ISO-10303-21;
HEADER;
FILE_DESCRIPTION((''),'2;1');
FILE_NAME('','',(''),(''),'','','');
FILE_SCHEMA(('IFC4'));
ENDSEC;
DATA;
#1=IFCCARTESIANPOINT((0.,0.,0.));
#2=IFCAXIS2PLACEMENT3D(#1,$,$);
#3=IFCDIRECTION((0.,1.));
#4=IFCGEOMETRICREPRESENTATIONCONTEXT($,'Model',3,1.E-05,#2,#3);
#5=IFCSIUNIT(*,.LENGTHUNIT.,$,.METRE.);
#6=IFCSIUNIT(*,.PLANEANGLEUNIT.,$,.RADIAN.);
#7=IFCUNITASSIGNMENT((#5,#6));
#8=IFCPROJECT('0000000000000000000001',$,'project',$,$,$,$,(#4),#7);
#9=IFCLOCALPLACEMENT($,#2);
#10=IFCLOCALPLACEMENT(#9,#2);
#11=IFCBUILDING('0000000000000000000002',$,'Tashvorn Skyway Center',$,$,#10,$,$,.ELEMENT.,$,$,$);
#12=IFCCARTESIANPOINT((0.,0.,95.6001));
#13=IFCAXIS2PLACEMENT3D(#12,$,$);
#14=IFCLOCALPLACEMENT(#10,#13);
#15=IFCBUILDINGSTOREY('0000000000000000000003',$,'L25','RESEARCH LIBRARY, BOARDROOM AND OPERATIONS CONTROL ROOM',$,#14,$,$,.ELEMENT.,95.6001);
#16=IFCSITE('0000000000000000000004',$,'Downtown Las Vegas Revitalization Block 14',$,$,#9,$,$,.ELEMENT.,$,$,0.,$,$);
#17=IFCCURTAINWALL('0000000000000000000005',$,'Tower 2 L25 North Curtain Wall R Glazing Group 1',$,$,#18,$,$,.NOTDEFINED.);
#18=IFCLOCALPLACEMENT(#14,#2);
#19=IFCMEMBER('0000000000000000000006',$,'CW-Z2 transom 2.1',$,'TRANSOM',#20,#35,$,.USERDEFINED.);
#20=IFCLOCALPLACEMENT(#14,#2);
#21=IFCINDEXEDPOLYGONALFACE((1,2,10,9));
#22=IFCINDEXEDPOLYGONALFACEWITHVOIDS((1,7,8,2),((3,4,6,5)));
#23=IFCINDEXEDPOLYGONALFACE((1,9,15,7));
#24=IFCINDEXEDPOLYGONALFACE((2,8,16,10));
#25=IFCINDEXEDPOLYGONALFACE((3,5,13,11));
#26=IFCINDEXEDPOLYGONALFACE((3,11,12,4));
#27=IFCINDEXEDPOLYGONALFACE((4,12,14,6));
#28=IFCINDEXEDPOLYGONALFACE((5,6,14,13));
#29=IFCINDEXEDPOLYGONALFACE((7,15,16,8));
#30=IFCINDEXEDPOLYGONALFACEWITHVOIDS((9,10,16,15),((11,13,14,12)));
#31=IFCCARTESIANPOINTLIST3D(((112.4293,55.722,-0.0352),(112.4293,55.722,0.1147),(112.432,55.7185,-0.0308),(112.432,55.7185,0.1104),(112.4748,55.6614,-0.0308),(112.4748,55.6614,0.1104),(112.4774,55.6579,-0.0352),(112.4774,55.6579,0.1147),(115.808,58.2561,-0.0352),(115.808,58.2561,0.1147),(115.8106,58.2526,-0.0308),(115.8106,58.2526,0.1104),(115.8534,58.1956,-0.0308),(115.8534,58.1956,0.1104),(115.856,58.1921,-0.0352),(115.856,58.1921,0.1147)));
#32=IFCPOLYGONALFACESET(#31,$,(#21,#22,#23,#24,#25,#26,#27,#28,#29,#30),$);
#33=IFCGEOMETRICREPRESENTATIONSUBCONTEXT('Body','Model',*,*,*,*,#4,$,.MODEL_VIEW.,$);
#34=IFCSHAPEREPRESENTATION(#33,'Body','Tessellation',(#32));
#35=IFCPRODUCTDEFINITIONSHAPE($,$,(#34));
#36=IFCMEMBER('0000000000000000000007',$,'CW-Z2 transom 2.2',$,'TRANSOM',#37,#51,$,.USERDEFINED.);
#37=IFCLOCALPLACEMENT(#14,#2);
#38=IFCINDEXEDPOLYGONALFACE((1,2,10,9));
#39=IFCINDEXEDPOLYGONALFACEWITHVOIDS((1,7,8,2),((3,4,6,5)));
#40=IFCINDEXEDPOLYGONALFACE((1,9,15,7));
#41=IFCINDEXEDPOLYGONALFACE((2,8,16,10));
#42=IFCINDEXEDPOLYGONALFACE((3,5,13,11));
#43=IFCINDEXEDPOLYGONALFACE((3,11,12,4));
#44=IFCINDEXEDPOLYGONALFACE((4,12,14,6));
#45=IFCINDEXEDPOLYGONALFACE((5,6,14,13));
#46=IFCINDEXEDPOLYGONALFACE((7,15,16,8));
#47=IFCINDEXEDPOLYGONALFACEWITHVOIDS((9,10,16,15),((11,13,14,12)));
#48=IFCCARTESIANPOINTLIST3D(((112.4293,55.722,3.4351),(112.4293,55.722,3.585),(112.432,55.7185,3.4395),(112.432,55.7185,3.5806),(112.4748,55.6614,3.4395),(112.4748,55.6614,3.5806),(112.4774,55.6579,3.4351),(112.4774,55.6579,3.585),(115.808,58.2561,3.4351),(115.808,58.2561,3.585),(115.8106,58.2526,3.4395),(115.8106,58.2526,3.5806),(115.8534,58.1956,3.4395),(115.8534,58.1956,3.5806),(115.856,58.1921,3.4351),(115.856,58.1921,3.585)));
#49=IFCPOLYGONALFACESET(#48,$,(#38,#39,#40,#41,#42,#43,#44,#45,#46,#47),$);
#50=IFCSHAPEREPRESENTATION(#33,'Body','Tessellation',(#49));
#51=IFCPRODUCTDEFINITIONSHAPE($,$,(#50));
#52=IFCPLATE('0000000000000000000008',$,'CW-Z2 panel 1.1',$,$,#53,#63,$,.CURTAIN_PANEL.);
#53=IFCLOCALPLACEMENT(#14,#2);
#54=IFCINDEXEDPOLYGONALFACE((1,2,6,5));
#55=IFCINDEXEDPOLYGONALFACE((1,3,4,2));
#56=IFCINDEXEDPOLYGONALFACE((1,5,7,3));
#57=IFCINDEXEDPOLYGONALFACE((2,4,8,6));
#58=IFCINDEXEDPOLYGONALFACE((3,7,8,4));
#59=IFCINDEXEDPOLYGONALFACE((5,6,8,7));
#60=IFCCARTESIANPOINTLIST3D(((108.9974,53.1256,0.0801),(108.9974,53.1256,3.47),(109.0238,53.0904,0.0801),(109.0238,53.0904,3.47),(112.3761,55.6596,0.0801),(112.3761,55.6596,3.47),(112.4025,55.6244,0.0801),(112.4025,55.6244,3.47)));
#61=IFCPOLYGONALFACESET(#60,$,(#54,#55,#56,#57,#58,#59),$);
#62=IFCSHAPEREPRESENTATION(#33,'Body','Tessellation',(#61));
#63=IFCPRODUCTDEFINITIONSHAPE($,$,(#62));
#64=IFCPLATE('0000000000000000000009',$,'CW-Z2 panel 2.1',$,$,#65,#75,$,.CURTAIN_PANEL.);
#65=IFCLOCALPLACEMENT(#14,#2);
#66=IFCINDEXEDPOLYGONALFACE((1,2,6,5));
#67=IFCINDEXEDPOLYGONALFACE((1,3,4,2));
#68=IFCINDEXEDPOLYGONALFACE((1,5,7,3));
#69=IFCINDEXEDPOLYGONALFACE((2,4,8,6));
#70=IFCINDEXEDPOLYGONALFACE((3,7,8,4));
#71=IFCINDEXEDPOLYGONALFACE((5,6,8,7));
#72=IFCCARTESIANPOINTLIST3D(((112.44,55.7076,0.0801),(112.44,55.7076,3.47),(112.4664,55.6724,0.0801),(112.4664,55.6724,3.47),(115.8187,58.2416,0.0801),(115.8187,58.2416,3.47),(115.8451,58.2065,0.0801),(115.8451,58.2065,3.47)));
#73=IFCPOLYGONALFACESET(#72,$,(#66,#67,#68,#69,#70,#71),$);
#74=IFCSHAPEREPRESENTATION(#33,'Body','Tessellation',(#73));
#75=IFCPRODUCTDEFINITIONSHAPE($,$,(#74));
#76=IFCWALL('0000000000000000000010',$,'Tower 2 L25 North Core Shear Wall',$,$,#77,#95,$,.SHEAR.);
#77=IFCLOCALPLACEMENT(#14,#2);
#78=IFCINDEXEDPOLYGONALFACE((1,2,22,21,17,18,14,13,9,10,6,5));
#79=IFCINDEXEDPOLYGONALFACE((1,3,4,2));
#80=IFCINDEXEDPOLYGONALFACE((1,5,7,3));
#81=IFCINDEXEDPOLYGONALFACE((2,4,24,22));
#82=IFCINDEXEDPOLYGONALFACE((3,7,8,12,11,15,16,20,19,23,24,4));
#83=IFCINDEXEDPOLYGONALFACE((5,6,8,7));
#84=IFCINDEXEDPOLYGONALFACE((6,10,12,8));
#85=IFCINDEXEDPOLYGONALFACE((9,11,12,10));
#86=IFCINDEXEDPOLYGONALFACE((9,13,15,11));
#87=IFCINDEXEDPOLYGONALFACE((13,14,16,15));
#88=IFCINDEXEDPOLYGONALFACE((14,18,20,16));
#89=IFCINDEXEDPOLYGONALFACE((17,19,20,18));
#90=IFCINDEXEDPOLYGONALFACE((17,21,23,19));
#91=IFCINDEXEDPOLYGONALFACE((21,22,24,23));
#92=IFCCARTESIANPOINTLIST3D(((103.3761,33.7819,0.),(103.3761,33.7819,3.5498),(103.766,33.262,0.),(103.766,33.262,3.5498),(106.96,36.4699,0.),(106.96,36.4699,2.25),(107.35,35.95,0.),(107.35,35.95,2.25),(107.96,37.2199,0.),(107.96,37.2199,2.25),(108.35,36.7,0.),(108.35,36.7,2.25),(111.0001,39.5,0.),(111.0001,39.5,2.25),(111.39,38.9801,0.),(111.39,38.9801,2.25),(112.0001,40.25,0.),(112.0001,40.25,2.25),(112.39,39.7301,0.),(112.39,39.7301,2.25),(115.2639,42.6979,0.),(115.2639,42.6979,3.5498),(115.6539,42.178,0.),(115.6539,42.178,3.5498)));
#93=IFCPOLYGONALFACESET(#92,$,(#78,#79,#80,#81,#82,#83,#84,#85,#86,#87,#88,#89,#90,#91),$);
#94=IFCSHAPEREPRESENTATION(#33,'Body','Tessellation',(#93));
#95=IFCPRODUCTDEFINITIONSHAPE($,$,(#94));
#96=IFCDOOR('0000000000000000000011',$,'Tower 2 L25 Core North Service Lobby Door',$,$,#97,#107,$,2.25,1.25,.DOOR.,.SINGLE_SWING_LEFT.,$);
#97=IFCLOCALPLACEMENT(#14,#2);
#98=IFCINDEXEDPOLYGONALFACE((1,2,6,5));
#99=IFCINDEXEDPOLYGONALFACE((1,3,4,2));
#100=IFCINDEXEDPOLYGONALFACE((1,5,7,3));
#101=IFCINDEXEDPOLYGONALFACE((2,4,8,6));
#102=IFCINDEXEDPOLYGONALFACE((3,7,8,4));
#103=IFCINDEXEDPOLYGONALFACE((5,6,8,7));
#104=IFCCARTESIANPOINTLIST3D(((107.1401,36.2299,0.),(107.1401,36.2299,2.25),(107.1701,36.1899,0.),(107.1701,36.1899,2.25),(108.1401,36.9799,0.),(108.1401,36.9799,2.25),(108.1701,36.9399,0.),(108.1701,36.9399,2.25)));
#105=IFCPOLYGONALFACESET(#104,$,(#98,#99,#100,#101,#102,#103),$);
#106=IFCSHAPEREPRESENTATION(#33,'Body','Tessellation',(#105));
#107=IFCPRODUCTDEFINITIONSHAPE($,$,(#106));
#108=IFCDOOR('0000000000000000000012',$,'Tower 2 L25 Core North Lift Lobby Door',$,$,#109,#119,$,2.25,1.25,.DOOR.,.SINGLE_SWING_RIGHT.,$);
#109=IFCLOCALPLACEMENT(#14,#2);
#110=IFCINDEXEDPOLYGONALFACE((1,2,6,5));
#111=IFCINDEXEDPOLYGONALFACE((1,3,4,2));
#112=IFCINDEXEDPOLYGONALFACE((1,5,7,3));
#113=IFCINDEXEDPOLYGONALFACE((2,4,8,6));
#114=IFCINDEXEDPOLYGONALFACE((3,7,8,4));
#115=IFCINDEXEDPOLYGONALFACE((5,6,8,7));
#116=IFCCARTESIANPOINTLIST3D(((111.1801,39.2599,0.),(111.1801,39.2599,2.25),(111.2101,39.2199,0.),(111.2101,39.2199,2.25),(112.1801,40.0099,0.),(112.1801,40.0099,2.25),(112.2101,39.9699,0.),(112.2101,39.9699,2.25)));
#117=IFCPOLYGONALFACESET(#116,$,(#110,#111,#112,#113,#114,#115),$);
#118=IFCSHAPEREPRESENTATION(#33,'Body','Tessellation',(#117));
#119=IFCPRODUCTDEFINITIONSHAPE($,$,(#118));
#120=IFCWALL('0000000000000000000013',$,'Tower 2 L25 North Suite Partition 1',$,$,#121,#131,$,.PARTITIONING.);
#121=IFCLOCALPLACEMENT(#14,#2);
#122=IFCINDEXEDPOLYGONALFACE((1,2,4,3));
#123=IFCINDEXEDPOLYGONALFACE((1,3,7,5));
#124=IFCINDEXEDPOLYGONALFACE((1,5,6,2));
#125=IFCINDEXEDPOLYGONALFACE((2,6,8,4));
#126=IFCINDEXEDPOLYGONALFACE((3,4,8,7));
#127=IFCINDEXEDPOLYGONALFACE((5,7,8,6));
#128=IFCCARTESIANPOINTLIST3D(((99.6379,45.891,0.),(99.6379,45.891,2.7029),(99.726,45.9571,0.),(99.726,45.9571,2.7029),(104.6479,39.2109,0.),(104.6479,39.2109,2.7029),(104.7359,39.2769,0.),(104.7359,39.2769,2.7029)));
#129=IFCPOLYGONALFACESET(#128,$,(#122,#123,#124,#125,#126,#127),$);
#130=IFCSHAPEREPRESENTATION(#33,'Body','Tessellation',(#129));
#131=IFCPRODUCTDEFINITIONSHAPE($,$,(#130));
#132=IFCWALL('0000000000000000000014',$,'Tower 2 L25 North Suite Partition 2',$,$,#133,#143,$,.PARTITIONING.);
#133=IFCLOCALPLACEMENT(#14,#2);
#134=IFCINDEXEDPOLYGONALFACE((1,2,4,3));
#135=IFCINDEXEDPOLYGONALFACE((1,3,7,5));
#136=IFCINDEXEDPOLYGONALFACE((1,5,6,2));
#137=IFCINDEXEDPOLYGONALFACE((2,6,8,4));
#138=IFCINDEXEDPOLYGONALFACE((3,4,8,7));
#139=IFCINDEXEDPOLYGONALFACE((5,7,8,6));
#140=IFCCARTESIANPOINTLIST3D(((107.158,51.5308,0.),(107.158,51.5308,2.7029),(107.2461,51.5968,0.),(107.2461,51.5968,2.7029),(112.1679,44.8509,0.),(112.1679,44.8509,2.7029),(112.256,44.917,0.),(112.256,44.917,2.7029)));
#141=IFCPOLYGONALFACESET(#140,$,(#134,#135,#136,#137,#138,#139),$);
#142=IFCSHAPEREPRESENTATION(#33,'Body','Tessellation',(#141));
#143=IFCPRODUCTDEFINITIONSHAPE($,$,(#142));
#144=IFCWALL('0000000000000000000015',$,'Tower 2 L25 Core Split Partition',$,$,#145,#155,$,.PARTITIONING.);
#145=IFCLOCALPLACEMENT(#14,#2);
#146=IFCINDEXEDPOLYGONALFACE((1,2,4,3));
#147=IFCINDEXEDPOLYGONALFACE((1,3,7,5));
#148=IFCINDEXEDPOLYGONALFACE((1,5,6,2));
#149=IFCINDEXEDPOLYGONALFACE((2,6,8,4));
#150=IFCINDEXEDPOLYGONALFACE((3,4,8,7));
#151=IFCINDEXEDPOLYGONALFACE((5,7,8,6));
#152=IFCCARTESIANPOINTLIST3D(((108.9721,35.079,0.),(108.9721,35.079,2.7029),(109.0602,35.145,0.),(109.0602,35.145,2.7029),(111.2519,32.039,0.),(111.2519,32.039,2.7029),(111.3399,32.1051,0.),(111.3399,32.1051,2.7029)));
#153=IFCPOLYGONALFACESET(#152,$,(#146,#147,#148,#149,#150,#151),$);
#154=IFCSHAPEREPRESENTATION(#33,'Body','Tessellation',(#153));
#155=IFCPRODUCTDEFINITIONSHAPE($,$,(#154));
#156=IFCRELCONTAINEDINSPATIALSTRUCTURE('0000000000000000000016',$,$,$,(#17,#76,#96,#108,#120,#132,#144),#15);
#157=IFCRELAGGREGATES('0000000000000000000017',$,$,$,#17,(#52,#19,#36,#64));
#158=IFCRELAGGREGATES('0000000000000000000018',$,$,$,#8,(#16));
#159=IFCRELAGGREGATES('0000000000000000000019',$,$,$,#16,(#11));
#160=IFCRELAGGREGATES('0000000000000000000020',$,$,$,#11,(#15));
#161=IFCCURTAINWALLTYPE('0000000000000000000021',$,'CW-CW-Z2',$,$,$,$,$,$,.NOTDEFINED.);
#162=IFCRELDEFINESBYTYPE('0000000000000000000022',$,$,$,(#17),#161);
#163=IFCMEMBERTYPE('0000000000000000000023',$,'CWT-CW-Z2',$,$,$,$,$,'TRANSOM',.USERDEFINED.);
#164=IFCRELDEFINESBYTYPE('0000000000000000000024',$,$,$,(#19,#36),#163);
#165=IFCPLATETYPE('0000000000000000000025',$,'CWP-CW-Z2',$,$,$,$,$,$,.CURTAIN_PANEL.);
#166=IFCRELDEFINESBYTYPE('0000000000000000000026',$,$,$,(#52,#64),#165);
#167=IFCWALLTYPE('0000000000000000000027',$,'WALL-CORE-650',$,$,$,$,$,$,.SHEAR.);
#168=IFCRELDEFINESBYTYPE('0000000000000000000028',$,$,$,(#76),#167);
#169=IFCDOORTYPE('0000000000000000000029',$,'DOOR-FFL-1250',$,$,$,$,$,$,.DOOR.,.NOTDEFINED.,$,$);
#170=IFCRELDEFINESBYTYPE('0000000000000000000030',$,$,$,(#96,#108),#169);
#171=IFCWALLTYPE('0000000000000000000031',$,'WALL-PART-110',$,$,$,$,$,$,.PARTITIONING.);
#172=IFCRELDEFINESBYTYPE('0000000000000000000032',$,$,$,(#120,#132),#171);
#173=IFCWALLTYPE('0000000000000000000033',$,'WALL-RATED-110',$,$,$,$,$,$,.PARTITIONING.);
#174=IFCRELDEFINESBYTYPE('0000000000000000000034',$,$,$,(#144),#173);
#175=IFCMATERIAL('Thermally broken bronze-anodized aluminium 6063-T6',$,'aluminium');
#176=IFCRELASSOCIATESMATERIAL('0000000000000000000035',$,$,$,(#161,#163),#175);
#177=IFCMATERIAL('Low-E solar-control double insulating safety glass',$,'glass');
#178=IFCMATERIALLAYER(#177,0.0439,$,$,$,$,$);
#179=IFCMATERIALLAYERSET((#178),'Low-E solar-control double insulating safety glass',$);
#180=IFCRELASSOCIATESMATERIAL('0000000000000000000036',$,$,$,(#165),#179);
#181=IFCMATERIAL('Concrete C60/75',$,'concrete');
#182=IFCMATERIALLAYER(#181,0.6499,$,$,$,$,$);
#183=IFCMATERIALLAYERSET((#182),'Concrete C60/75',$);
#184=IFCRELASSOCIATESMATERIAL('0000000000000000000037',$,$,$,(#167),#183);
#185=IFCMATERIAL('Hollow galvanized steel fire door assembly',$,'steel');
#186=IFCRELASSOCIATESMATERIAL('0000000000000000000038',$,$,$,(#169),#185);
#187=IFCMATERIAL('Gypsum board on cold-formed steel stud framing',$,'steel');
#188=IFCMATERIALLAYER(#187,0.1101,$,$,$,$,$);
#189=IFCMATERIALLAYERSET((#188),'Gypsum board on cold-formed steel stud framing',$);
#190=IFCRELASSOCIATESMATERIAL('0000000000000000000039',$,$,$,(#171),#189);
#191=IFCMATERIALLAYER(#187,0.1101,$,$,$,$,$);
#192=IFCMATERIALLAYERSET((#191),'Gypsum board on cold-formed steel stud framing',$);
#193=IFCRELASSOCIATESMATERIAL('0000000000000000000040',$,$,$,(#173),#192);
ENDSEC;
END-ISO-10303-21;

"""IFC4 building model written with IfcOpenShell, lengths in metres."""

from ifc_helpers import new_model, si_unit, direction, frame, frame_2d, origin, origin_2d, place, context, subcontext, project, spatial, rectangle, hollow_rectangle, extrude, material, layer, layer_set, material_profile, profile_set, type_object, element, fill, aggregate, save


model = new_model("IFC4")

# Units and contexts
model_context = context("Model", 3, precision=1e-05, world=origin(), true_north=direction((0.0, 1.0)))
body_context = subcontext(model_context, "Body", "Model", "MODEL_VIEW")
ifc_project = project(units=[si_unit("LENGTHUNIT", "METRE"), si_unit("PLANEANGLEUNIT", "RADIAN")], contexts=[model_context])

# Site, building, storey
site_placement = place(None, origin())
site = spatial("IfcSite", under=ifc_project, at=site_placement, Name="Downtown Las Vegas Revitalization Block 14", CompositionType="ELEMENT", RefElevation=0.0)
building_placement = place(site_placement, origin())
building = spatial("IfcBuilding", under=site, at=building_placement, Name="Tashvorn Skyway Center", CompositionType="ELEMENT")
storey_placement = place(building_placement, frame((0.0, 0.0, 95.6001)))
storey = spatial("IfcBuildingStorey", under=building, at=storey_placement, Name="L25", Description="RESEARCH LIBRARY, BOARDROOM AND OPERATIONS CONTROL ROOM", CompositionType="ELEMENT", Elevation=95.6001)

# Curtain wall, members, plates
ifc_material_1 = material(Name="Thermally broken bronze-anodized aluminium 6063-T6", Category="aluminium")
curtain_wall_type = type_object("IfcCurtainWallType", Name="CW-CW-Z2", PredefinedType="NOTDEFINED", material=ifc_material_1)
curtain_wall_placement = place(storey_placement, origin())
curtain_wall = element("IfcCurtainWall", 1, at=curtain_wall_placement, inside=storey, type_object=curtain_wall_type, Name="Tower 2 L25 North Curtain Wall R Glazing Group 1", PredefinedType="NOTDEFINED")
ifc_material_profile_1 = material_profile(ifc_material_1, hollow_rectangle(XDim=0.0801, YDim=0.1499, WallThickness=0.0044, at=origin_2d()), Name="ALU-TRAN-80x150")
ifc_profile_set_1 = profile_set([ifc_material_profile_1], Name="Thermally broken bronze-anodized aluminium 6063-T6")
member_type_1 = type_object("IfcMemberType", Name="CWT-CW-Z2", ElementType="TRANSOM", PredefinedType="USERDEFINED", material=ifc_profile_set_1)
member_1_placement = place(storey_placement, frame((112.4534, 55.6899, 0.0398), z_axis=(0.799979, 0.600028, 0.0), x_axis=(-0.600028, 0.799979, 0.0)))
member_1 = element("IfcMember", 2, at=member_1_placement, type_object=member_type_1, Name="CW-Z2 transom 2.1", ObjectType="TRANSOM", PredefinedType="USERDEFINED", context=body_context, shape_type="SweptSolid", body=[
    extrude(hollow_rectangle(XDim=0.0801, YDim=0.1499, WallThickness=0.0044, at=origin_2d()), origin(), (0.0, 0.0, 1.0), 4.2234),
])
member_2_placement = place(storey_placement, frame((112.4534, 55.6899, 3.51), z_axis=(0.799979, 0.600028, 0.0), x_axis=(-0.600028, 0.799979, 0.0)))
member_2 = element("IfcMember", 3, at=member_2_placement, type_object=member_type_1, Name="CW-Z2 transom 2.2", ObjectType="TRANSOM", PredefinedType="USERDEFINED", context=body_context, shape_type="SweptSolid", body=[
    extrude(hollow_rectangle(XDim=0.0801, YDim=0.1499, WallThickness=0.0044, at=origin_2d()), origin(), (0.0, 0.0, 1.0), 4.2234),
])
ifc_material_2 = material(Name="Low-E solar-control double insulating safety glass", Category="glass")
ifc_layer_1 = layer(ifc_material_2, 0.0439)
ifc_layer_set_1 = layer_set([ifc_layer_1], Name="Low-E solar-control double insulating safety glass")
plate_type = type_object("IfcPlateType", Name="CWP-CW-Z2", PredefinedType="CURTAIN_PANEL", material=ifc_layer_set_1)
plate_1_placement = place(storey_placement, frame((110.7, 54.375, 0.0801), z_axis=(0.0, 0.0, 1.0), x_axis=(0.799999, 0.600002, 0.0)))
plate_1 = element("IfcPlate", 4, at=plate_1_placement, type_object=plate_type, Name="CW-Z2 panel 1.1", PredefinedType="CURTAIN_PANEL", context=body_context, shape_type="SweptSolid", body=[
    extrude(rectangle(XDim=4.2234, YDim=0.0439, at=origin_2d()), origin(), (0.0, 0.0, 1.0), 3.3899),
])
plate_2_placement = place(storey_placement, frame((114.1426, 56.957, 0.0801), z_axis=(0.0, 0.0, 1.0), x_axis=(0.799999, 0.600002, 0.0)))
plate_2 = element("IfcPlate", 5, at=plate_2_placement, type_object=plate_type, Name="CW-Z2 panel 2.1", PredefinedType="CURTAIN_PANEL", context=body_context, shape_type="SweptSolid", body=[
    extrude(rectangle(XDim=4.2234, YDim=0.0439, at=origin_2d()), origin(), (0.0, 0.0, 1.0), 3.3899),
])
aggregate(curtain_wall, [plate_1, member_1, member_2, plate_2])

# Wall, openings, doors
ifc_material_3 = material(Name="Concrete C60/75", Category="concrete")
ifc_layer_2 = layer(ifc_material_3, 0.6499)
ifc_layer_set_2 = layer_set([ifc_layer_2], Name="Concrete C60/75")
wall_type_1 = type_object("IfcWallType", Name="WALL-CORE-650", PredefinedType="SHEAR", material=ifc_layer_set_2)
wall_1_placement = place(storey_placement, frame((103.571, 33.522, 0.0), z_axis=(0.0, 0.0, 1.0), x_axis=(0.799998, 0.600003, 0.0)))
wall_1 = element("IfcWall", 6, at=wall_1_placement, inside=storey, type_object=wall_type_1, Name="Tower 2 L25 North Core Shear Wall", PredefinedType="SHEAR", context=body_context, shape_type="SweptSolid", body=[
    extrude(rectangle(XDim=14.8599, YDim=0.6499, at=frame_2d((7.4299, 0.0))), origin(), (0.0, 0.0, 1.0), 3.5498),
])
opening_1_placement = place(wall_1_placement, frame((4.48, 0.0, 0.0)))
opening_1 = element("IfcOpeningElement", 7, at=opening_1_placement, cuts=wall_1, PredefinedType="OPENING", context=body_context, shape_type="SweptSolid", body=[
    extrude(rectangle(XDim=1.25, YDim=2.25, at=frame_2d((0.625, 1.125))), frame((0.0, 0.335, 0.0), z_axis=(0.0, -1.0, 0.0), x_axis=(1.0, 0.0, 0.0)), (0.0, 0.0, 1.0), 0.6699),
])
opening_2_placement = place(wall_1_placement, frame((9.53, 0.0, 0.0)))
opening_2 = element("IfcOpeningElement", 8, at=opening_2_placement, cuts=wall_1, PredefinedType="OPENING", context=body_context, shape_type="SweptSolid", body=[
    extrude(rectangle(XDim=1.25, YDim=2.25, at=frame_2d((0.625, 1.125))), frame((0.0, 0.335, 0.0), z_axis=(0.0, -1.0, 0.0), x_axis=(1.0, 0.0, 0.0)), (0.0, 0.0, 1.0), 0.6699),
])
ifc_material_4 = material(Name="Hollow galvanized steel fire door assembly", Category="steel")
door_type_1 = type_object("IfcDoorType", Name="DOOR-FFL-1250", OperationType="NOTDEFINED", PredefinedType="DOOR", material=ifc_material_4)
door_1_placement = place(opening_1_placement, origin())
door_1 = element("IfcDoor", 9, at=door_1_placement, inside=storey, type_object=door_type_1, Name="Tower 2 L25 Core North Service Lobby Door", OperationType="SINGLE_SWING_LEFT", OverallHeight=2.25, OverallWidth=1.25, PredefinedType="DOOR", context=body_context, shape_type="SweptSolid", body=[
    extrude(rectangle(XDim=1.25, YDim=2.25, at=frame_2d((0.625, 1.125))), frame((0.0, 0.0249, 0.0), z_axis=(0.0, -1.0, 0.0), x_axis=(1.0, 0.0, 0.0)), (0.0, 0.0, 1.0), 0.05),
])
fill(opening_1, door_1)
door_2_placement = place(opening_2_placement, origin())
door_2 = element("IfcDoor", 10, at=door_2_placement, inside=storey, type_object=door_type_1, Name="Tower 2 L25 Core North Lift Lobby Door", OperationType="SINGLE_SWING_RIGHT", OverallHeight=2.25, OverallWidth=1.25, PredefinedType="DOOR", context=body_context, shape_type="SweptSolid", body=[
    extrude(rectangle(XDim=1.25, YDim=2.25, at=frame_2d((0.625, 1.125))), frame((0.0, 0.0249, 0.0), z_axis=(0.0, -1.0, 0.0), x_axis=(1.0, 0.0, 0.0)), (0.0, 0.0, 1.0), 0.05),
])
fill(opening_2, door_2)

# Walls
ifc_material_5 = material(Name="Gypsum board on cold-formed steel stud framing", Category="steel")
ifc_layer_3 = layer(ifc_material_5, 0.1101)
ifc_layer_set_3 = layer_set([ifc_layer_3], Name="Gypsum board on cold-formed steel stud framing")
wall_type_2 = type_object("IfcWallType", Name="WALL-PART-110", PredefinedType="PARTITIONING", material=ifc_layer_set_3)
wall_2_placement = place(storey_placement, frame((104.6919, 39.2439, 0.0), z_axis=(0.0, 0.0, 1.0), x_axis=(-0.599991, 0.800007, 0.0)))
element("IfcWall", 11, at=wall_2_placement, inside=storey, type_object=wall_type_2, Name="Tower 2 L25 North Suite Partition 1", PredefinedType="PARTITIONING", context=body_context, shape_type="SweptSolid", body=[
    extrude(rectangle(XDim=8.3501, YDim=0.1101, at=frame_2d((4.175, 0.0))), origin(), (0.0, 0.0, 1.0), 2.7029),
])
wall_3_placement = place(storey_placement, frame((112.2119, 44.884, 0.0), z_axis=(0.0, 0.0, 1.0), x_axis=(-0.600005, 0.799996, 0.0)))
element("IfcWall", 12, at=wall_3_placement, inside=storey, type_object=wall_type_2, Name="Tower 2 L25 North Suite Partition 2", PredefinedType="PARTITIONING", context=body_context, shape_type="SweptSolid", body=[
    extrude(rectangle(XDim=8.3499, YDim=0.1101, at=frame_2d((4.1748, 0.0))), origin(), (0.0, 0.0, 1.0), 2.7029),
])
ifc_layer_4 = layer(ifc_material_5, 0.1101)
ifc_layer_set_4 = layer_set([ifc_layer_4], Name="Gypsum board on cold-formed steel stud framing")
wall_type_3 = type_object("IfcWallType", Name="WALL-RATED-110", PredefinedType="PARTITIONING", material=ifc_layer_set_4)
wall_4_placement = place(storey_placement, frame((111.2959, 32.072, 0.0), z_axis=(0.0, 0.0, 1.0), x_axis=(-0.599959, 0.800031, 0.0)))
element("IfcWall", 13, at=wall_4_placement, inside=storey, type_object=wall_type_3, Name="Tower 2 L25 Core Split Partition", PredefinedType="PARTITIONING", context=body_context, shape_type="SweptSolid", body=[
    extrude(rectangle(XDim=3.7998, YDim=0.1101, at=frame_2d((1.8999, 0.0))), origin(), (0.0, 0.0, 1.0), 2.7029),
])

save(model, "model.ifc")
